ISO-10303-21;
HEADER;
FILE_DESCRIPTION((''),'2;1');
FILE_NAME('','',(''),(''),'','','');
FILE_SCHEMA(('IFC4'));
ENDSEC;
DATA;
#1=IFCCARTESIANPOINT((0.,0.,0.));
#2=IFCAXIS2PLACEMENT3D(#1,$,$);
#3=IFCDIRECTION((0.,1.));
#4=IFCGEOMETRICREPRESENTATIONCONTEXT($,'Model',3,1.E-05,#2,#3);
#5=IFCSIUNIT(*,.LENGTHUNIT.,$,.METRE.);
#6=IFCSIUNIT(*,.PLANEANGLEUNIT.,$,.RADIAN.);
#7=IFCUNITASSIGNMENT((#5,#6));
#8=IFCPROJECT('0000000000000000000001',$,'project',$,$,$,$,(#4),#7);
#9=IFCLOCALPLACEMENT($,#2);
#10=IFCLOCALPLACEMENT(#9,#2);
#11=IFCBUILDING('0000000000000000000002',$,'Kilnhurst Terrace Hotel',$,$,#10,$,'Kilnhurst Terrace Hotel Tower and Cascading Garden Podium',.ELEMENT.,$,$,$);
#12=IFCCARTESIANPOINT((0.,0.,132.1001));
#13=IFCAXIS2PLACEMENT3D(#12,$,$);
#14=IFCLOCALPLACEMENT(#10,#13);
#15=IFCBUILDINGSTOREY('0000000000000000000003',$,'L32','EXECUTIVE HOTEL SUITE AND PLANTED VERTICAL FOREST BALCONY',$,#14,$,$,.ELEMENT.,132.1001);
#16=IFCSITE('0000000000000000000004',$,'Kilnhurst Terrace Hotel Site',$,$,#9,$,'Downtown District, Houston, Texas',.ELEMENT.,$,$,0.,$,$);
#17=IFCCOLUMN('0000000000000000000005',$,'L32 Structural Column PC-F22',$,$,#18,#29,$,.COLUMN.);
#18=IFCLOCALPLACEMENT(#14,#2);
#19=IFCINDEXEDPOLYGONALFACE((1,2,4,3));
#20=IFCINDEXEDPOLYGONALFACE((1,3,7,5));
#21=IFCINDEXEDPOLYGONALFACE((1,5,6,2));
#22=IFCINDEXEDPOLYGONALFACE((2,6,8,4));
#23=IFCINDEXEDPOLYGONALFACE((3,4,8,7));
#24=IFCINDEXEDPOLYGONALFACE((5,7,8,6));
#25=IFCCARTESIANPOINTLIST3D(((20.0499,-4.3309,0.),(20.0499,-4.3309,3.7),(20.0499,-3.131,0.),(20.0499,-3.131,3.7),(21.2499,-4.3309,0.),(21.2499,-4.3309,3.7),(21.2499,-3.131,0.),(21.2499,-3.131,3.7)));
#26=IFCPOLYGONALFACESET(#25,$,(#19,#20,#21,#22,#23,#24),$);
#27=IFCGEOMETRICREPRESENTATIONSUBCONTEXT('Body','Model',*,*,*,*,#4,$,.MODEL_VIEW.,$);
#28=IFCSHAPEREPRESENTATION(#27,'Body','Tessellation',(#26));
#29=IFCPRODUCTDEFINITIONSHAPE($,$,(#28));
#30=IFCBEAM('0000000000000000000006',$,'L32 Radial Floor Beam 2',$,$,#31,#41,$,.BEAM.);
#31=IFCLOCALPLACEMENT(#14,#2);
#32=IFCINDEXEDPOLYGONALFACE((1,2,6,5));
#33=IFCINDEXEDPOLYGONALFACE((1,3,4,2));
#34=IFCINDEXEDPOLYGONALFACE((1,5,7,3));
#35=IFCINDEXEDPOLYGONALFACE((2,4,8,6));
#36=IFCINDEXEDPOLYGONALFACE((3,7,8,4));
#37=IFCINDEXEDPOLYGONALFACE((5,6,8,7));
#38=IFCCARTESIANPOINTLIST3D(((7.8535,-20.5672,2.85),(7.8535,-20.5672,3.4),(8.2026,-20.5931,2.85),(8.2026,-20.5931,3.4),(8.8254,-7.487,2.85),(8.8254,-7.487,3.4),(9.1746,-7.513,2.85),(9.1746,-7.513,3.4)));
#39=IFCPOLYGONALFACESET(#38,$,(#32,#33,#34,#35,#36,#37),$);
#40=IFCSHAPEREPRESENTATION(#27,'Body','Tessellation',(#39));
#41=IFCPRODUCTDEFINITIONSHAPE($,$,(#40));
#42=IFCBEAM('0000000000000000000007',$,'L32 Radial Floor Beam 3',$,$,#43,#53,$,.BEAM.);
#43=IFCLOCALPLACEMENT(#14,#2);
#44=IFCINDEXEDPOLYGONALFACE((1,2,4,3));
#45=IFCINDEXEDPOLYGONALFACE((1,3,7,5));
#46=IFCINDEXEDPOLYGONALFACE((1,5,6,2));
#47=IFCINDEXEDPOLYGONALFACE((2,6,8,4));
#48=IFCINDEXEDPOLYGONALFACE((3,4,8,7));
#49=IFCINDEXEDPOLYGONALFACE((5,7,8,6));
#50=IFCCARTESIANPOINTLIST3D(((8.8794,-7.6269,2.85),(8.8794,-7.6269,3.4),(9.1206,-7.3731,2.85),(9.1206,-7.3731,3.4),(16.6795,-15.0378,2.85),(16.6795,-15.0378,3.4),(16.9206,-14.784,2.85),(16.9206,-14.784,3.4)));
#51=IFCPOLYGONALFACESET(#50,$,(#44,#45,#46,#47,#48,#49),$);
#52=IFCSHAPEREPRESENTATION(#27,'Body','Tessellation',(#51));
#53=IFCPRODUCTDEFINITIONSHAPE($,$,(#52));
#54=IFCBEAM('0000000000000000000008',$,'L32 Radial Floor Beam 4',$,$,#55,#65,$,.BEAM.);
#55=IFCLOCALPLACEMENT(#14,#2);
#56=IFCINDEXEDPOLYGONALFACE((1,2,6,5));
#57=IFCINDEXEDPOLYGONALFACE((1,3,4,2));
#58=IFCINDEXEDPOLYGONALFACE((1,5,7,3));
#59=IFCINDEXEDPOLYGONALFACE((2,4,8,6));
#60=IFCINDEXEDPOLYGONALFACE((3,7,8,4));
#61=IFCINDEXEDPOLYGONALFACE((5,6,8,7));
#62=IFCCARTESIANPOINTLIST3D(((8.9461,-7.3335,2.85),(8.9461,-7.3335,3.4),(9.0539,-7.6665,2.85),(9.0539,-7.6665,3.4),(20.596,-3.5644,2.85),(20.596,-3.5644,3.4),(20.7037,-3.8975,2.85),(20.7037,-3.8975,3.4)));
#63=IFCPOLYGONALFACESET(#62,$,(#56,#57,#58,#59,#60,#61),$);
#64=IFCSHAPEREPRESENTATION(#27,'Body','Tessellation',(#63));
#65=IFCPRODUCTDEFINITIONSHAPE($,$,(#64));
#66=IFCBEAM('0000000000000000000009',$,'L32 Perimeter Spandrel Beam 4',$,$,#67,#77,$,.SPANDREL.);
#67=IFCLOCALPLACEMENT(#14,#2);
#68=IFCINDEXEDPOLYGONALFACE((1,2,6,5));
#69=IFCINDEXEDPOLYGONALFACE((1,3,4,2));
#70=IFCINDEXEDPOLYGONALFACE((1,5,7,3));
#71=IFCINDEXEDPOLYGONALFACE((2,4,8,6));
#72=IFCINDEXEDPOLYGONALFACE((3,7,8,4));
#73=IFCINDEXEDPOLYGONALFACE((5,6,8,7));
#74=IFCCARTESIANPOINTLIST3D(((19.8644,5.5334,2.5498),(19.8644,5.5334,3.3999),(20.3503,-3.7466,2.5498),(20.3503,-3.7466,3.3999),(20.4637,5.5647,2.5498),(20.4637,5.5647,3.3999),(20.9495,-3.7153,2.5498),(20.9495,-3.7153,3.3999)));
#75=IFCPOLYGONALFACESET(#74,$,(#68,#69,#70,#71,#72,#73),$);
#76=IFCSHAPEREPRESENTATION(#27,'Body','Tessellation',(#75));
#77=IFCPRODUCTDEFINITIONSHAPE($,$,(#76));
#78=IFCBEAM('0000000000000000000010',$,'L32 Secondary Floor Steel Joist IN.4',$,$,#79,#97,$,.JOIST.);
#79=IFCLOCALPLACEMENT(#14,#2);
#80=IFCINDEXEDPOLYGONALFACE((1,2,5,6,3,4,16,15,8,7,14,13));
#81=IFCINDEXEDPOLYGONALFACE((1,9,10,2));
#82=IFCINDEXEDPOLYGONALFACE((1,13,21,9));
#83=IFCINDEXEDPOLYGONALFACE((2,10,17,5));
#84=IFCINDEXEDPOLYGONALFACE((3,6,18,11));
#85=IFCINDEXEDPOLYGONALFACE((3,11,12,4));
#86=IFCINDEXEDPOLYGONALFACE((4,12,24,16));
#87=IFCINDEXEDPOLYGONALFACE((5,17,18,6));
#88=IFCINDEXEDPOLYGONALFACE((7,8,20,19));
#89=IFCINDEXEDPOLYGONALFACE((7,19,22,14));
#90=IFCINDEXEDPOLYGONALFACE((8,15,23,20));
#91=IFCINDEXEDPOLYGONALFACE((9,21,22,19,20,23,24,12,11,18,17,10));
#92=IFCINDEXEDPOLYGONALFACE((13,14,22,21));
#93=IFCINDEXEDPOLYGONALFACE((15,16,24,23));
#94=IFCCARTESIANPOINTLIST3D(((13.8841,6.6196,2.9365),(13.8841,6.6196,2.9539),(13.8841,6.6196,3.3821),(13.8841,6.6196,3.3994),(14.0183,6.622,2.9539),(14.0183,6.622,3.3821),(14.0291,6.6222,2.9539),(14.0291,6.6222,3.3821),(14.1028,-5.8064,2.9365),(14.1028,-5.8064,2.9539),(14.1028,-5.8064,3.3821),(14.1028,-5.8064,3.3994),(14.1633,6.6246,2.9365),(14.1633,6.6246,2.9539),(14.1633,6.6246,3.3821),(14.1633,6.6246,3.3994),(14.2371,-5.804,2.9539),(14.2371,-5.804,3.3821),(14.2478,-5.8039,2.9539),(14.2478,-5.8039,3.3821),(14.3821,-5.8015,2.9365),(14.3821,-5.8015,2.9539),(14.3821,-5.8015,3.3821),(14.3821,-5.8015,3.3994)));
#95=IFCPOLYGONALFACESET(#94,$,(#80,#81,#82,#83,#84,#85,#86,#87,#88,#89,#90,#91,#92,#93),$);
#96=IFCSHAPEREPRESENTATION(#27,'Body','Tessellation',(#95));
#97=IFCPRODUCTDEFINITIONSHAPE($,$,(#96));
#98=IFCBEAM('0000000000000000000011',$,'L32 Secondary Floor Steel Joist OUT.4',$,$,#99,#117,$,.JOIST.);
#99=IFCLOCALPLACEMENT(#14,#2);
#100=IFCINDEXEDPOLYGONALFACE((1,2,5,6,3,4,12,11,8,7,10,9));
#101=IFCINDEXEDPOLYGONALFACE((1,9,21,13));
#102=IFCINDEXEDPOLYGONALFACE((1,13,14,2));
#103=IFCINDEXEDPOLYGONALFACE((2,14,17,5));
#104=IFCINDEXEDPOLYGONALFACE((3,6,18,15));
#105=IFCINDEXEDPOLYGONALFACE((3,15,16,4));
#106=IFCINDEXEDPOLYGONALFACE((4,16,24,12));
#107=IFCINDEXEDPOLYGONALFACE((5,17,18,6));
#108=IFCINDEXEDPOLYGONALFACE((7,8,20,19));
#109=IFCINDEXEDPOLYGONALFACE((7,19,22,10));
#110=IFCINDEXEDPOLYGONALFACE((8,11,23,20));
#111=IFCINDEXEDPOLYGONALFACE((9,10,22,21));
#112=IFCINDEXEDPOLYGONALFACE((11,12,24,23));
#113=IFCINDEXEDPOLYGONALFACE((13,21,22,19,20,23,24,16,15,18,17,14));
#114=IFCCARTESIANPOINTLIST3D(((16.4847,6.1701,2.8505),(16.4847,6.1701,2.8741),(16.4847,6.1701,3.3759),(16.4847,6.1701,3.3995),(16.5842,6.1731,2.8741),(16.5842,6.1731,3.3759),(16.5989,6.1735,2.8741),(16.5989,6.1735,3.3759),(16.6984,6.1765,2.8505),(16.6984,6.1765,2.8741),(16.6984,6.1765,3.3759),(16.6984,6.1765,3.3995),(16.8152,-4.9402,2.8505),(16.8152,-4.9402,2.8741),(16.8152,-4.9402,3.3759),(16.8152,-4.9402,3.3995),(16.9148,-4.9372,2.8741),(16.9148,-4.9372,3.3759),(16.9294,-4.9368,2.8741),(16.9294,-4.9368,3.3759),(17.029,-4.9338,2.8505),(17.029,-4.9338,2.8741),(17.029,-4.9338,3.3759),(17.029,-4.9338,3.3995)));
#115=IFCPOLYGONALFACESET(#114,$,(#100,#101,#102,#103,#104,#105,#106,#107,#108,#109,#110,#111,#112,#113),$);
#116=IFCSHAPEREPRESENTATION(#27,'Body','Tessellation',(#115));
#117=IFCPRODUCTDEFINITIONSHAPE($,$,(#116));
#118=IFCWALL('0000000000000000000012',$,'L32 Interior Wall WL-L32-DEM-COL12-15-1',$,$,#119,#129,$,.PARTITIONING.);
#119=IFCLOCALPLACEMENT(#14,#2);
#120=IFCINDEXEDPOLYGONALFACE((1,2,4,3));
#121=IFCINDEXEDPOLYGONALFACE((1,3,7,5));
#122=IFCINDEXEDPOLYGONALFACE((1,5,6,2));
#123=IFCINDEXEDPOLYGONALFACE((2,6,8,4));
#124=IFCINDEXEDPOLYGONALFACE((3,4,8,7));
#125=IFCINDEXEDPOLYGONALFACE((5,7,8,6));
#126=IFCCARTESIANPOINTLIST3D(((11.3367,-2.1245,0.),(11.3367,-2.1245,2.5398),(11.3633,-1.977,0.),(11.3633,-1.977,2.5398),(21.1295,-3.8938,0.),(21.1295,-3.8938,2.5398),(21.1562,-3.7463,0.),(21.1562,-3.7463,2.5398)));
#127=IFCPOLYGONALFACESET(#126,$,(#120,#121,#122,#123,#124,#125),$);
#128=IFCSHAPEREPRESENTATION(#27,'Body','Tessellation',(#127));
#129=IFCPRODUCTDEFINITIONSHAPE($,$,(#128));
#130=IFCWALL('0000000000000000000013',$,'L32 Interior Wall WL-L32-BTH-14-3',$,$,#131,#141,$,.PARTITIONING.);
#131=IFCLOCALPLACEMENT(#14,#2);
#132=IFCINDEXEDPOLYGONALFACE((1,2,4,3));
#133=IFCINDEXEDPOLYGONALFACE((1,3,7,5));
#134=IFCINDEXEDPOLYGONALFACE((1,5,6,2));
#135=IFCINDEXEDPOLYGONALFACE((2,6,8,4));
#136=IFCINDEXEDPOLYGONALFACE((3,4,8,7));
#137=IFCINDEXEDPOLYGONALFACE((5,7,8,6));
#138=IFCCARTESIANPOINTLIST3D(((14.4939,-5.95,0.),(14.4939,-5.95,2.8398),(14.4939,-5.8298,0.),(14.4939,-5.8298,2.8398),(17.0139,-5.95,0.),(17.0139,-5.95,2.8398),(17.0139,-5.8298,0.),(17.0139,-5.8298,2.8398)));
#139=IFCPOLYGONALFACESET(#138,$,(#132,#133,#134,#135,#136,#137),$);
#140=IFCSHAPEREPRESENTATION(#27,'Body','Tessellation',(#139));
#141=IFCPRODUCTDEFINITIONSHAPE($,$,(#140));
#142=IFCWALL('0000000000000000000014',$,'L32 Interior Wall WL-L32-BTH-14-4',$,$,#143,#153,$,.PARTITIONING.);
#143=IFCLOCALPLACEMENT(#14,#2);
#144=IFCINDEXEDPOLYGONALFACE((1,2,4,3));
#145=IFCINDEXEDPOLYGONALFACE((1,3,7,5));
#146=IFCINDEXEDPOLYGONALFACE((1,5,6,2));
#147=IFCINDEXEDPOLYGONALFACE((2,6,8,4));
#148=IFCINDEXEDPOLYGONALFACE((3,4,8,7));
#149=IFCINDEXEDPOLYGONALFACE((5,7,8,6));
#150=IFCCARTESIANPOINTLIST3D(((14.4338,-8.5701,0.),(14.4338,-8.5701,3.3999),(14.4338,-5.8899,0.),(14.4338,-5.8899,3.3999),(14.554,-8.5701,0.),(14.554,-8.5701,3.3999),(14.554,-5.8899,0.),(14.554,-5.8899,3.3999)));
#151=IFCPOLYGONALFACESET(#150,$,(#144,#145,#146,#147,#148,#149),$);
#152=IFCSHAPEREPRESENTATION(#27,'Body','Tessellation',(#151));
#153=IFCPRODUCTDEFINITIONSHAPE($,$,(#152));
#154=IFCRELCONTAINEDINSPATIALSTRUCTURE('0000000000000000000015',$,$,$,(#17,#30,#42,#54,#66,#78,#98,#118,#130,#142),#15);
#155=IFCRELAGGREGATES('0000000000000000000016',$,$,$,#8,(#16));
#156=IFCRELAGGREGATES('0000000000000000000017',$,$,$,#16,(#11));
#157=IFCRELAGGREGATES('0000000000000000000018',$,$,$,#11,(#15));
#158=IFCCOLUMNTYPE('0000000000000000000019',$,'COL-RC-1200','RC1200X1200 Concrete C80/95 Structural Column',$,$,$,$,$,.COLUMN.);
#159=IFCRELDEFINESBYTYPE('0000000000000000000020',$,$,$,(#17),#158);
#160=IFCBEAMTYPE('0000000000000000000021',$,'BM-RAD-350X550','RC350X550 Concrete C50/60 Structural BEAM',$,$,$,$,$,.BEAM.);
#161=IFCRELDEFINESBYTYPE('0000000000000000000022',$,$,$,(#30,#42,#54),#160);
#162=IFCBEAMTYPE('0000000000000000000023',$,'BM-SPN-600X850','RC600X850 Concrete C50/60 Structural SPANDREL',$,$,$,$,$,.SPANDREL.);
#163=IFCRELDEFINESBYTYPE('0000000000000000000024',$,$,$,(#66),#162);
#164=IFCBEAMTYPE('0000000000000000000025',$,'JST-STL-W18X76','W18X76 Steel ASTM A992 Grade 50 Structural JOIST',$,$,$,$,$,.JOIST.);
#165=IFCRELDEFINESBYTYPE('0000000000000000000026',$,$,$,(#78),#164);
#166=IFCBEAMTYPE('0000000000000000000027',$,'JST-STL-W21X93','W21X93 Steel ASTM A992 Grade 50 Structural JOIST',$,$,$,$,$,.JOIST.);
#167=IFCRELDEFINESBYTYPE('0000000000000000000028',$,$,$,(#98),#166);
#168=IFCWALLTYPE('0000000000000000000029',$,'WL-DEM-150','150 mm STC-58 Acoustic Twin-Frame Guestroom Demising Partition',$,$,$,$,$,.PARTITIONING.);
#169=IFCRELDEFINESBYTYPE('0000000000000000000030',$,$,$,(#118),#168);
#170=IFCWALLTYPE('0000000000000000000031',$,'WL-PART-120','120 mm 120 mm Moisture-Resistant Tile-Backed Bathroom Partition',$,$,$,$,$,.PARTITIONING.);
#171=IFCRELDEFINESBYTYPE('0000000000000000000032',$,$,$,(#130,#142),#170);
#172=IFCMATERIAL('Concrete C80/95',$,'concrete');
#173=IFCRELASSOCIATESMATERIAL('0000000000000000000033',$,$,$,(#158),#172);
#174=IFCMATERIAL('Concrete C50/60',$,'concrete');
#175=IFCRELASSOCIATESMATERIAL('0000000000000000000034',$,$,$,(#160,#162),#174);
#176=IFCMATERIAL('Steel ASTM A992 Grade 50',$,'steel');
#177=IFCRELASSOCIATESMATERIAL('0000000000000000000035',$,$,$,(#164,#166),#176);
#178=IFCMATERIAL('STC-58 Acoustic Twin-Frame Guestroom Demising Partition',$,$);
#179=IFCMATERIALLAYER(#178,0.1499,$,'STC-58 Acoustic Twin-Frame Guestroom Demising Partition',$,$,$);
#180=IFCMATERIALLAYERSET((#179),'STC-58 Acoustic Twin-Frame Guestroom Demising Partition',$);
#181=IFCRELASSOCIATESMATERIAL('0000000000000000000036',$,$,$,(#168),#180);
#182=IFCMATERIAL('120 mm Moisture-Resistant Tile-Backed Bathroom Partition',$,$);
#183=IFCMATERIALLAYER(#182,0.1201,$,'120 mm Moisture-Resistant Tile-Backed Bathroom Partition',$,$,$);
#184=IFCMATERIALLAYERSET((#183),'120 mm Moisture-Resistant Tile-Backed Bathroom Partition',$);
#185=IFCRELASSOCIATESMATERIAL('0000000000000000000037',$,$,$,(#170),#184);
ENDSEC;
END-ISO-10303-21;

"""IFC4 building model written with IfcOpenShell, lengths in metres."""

from ifc_helpers import new_model, si_unit, direction, frame, frame_2d, origin, origin_2d, place, context, subcontext, project, spatial, rectangle, i_section, extrude, material, layer, layer_set, material_profile, profile_set, type_object, element, save


model = new_model("IFC4")

# Units and contexts
model_context = context("Model", 3, precision=1e-05, world=origin(), true_north=direction((0.0, 1.0)))
body_context = subcontext(model_context, "Body", "Model", "MODEL_VIEW")
ifc_project = project(units=[si_unit("LENGTHUNIT", "METRE"), si_unit("PLANEANGLEUNIT", "RADIAN")], contexts=[model_context])

# Site, building, storey
site_placement = place(None, origin())
site = spatial("IfcSite", under=ifc_project, at=site_placement, Name="Kilnhurst Terrace Hotel Site", LongName="Downtown District, Houston, Texas", CompositionType="ELEMENT", RefElevation=0.0)
building_placement = place(site_placement, origin())
building = spatial("IfcBuilding", under=site, at=building_placement, Name="Kilnhurst Terrace Hotel", LongName="Kilnhurst Terrace Hotel Tower and Cascading Garden Podium", CompositionType="ELEMENT")
storey_placement = place(building_placement, frame((0.0, 0.0, 132.1001)))
storey = spatial("IfcBuildingStorey", under=building, at=storey_placement, Name="L32", Description="EXECUTIVE HOTEL SUITE AND PLANTED VERTICAL FOREST BALCONY", CompositionType="ELEMENT", Elevation=132.1001)

# Column
ifc_material_1 = material(Name="Concrete C80/95", Category="concrete")
ifc_material_profile_1 = material_profile(ifc_material_1, rectangle(XDim=1.2, YDim=1.2, at=origin_2d()), Name="RC1200X1200")
ifc_profile_set_1 = profile_set([ifc_material_profile_1], Name="Concrete C80/95")
column_type = type_object("IfcColumnType", Name="COL-RC-1200", Description="RC1200X1200 Concrete C80/95 Structural Column", PredefinedType="COLUMN", material=ifc_profile_set_1)
column_placement = place(storey_placement, frame((20.6499, -3.731, 0.0), z_axis=(0.0, 0.0, 1.0), x_axis=(1.0, 0.0, 0.0)))
element("IfcColumn", 1, at=column_placement, inside=storey, type_object=column_type, Name="L32 Structural Column PC-F22", PredefinedType="COLUMN", context=body_context, shape_type="SweptSolid", body=[
    extrude(rectangle(XDim=1.2, YDim=1.2, at=origin_2d()), origin(), (0.0, 0.0, 1.0), 3.7),
])

# Beams
ifc_material_2 = material(Name="Concrete C50/60", Category="concrete")
ifc_material_profile_2 = material_profile(ifc_material_2, rectangle(XDim=0.3501, YDim=0.55, at=origin_2d()), Name="RC350X550")
ifc_profile_set_2 = profile_set([ifc_material_profile_2], Name="Concrete C50/60")
beam_type_1 = type_object("IfcBeamType", Name="BM-RAD-350X550", Description="RC350X550 Concrete C50/60 Structural BEAM", PredefinedType="BEAM", material=ifc_profile_set_2)
beam_1_placement = place(storey_placement, frame((9.0, -7.5, 3.125), z_axis=(-0.074101, -0.997251, 0.0), x_axis=(0.997251, -0.074101, 0.0)))
element("IfcBeam", 2, at=beam_1_placement, inside=storey, type_object=beam_type_1, Name="L32 Radial Floor Beam 2", PredefinedType="BEAM", context=body_context, shape_type="SweptSolid", body=[
    extrude(rectangle(XDim=0.3501, YDim=0.55, at=origin_2d()), origin(), (0.0, 0.0, 1.0), 13.1162),
])
beam_2_placement = place(storey_placement, frame((9.0, -7.5, 3.125), z_axis=(0.72496, -0.688791, 0.0), x_axis=(0.688791, 0.72496, 0.0)))
element("IfcBeam", 3, at=beam_2_placement, inside=storey, type_object=beam_type_1, Name="L32 Radial Floor Beam 3", PredefinedType="BEAM", context=body_context, shape_type="SweptSolid", body=[
    extrude(rectangle(XDim=0.3501, YDim=0.55, at=origin_2d()), origin(), (0.0, 0.0, 1.0), 10.7593),
])
beam_3_placement = place(storey_placement, frame((9.0, -7.5, 3.125), z_axis=(0.951446, 0.307817, 0.0), x_axis=(-0.307817, 0.951446, 0.0)))
element("IfcBeam", 4, at=beam_3_placement, inside=storey, type_object=beam_type_1, Name="L32 Radial Floor Beam 4", PredefinedType="BEAM", context=body_context, shape_type="SweptSolid", body=[
    extrude(rectangle(XDim=0.3501, YDim=0.55, at=origin_2d()), origin(), (0.0, 0.0, 1.0), 12.2444),
])
ifc_material_profile_3 = material_profile(ifc_material_2, rectangle(XDim=0.6001, YDim=0.8501, at=origin_2d()), Name="RC600X850")
ifc_profile_set_3 = profile_set([ifc_material_profile_3], Name="Concrete C50/60")
beam_type_2 = type_object("IfcBeamType", Name="BM-SPN-600X850", Description="RC600X850 Concrete C50/60 Structural SPANDREL", PredefinedType="SPANDREL", material=ifc_profile_set_3)
beam_4_placement = place(storey_placement, frame((20.6499, -3.731, 2.9749), z_axis=(-0.052282, 0.998632, 0.0), x_axis=(-0.998632, -0.052282, 0.0)))
element("IfcBeam", 5, at=beam_4_placement, inside=storey, type_object=beam_type_2, Name="L32 Perimeter Spandrel Beam 4", PredefinedType="SPANDREL", context=body_context, shape_type="SweptSolid", body=[
    extrude(rectangle(XDim=0.6001, YDim=0.8501, at=origin_2d()), origin(), (0.0, 0.0, 1.0), 9.2927),
])
ifc_material_3 = material(Name="Steel ASTM A992 Grade 50", Category="steel")
ifc_material_profile_4 = material_profile(ifc_material_3, i_section(OverallWidth=0.2793, OverallDepth=0.4629, WebThickness=0.0107, FlangeThickness=0.0173, at=origin_2d()), Name="W18X76")
ifc_profile_set_4 = profile_set([ifc_material_profile_4], Name="Steel ASTM A992 Grade 50")
beam_type_3 = type_object("IfcBeamType", Name="JST-STL-W18X76", Description="W18X76 Steel ASTM A992 Grade 50 Structural JOIST", PredefinedType="JOIST", material=ifc_profile_set_4)
beam_5_placement = place(storey_placement, frame((14.2424, -5.804, 3.168), z_axis=(-0.017601, 0.999845, 0.0), x_axis=(-0.999845, -0.017601, 0.0)))
element("IfcBeam", 6, at=beam_5_placement, inside=storey, type_object=beam_type_3, Name="L32 Secondary Floor Steel Joist IN.4", PredefinedType="JOIST", context=body_context, shape_type="SweptSolid", body=[
    extrude(i_section(OverallWidth=0.2793, OverallDepth=0.4629, WebThickness=0.0107, FlangeThickness=0.0173, at=origin_2d()), origin(), (0.0, 0.0, 1.0), 12.428),
])
ifc_material_profile_5 = material_profile(ifc_material_3, i_section(OverallWidth=0.2139, OverallDepth=0.5491, WebThickness=0.0146, FlangeThickness=0.0237, at=origin_2d()), Name="W21X93")
ifc_profile_set_5 = profile_set([ifc_material_profile_5], Name="Steel ASTM A992 Grade 50")
beam_type_4 = type_object("IfcBeamType", Name="JST-STL-W21X93", Description="W21X93 Steel ASTM A992 Grade 50 Structural JOIST", PredefinedType="JOIST", material=ifc_profile_set_5)
beam_6_placement = place(storey_placement, frame((16.9221, -4.937, 3.125), z_axis=(-0.02974, 0.999558, 0.0), x_axis=(-0.999558, -0.02974, 0.0)))
element("IfcBeam", 7, at=beam_6_placement, inside=storey, type_object=beam_type_4, Name="L32 Secondary Floor Steel Joist OUT.4", PredefinedType="JOIST", context=body_context, shape_type="SweptSolid", body=[
    extrude(i_section(OverallWidth=0.2139, OverallDepth=0.5491, WebThickness=0.0146, FlangeThickness=0.0237, at=origin_2d()), origin(), (0.0, 0.0, 1.0), 11.1152),
])

# Walls
ifc_material_4 = material(Name="STC-58 Acoustic Twin-Frame Guestroom Demising Partition")
ifc_layer_1 = layer(ifc_material_4, 0.1499, Name="STC-58 Acoustic Twin-Frame Guestroom Demising Partition")
ifc_layer_set_1 = layer_set([ifc_layer_1], Name="STC-58 Acoustic Twin-Frame Guestroom Demising Partition")
wall_type_1 = type_object("IfcWallType", Name="WL-DEM-150", Description="150 mm STC-58 Acoustic Twin-Frame Guestroom Demising Partition", PredefinedType="PARTITIONING", material=ifc_layer_set_1)
wall_1_placement = place(storey_placement, frame((11.3501, -2.0508, 0.0), z_axis=(0.0, 0.0, 1.0), x_axis=(0.984068, -0.177791, 0.0)))
element("IfcWall", 8, at=wall_1_placement, inside=storey, type_object=wall_type_1, Name="L32 Interior Wall WL-L32-DEM-COL12-15-1", PredefinedType="PARTITIONING", context=body_context, shape_type="SweptSolid", body=[
    extrude(rectangle(XDim=9.9514, YDim=0.1499, at=frame_2d((4.9756, 0.0))), origin(), (0.0, 0.0, 1.0), 2.5398),
])
ifc_material_5 = material(Name="120 mm Moisture-Resistant Tile-Backed Bathroom Partition")
ifc_layer_2 = layer(ifc_material_5, 0.1201, Name="120 mm Moisture-Resistant Tile-Backed Bathroom Partition")
ifc_layer_set_2 = layer_set([ifc_layer_2], Name="120 mm Moisture-Resistant Tile-Backed Bathroom Partition")
wall_type_2 = type_object("IfcWallType", Name="WL-PART-120", Description="120 mm 120 mm Moisture-Resistant Tile-Backed Bathroom Partition", PredefinedType="PARTITIONING", material=ifc_layer_set_2)
wall_2_placement = place(storey_placement, frame((17.0139, -5.8899, 0.0), z_axis=(0.0, 0.0, 1.0), x_axis=(-1.0, 0.0, 0.0)))
element("IfcWall", 9, at=wall_2_placement, inside=storey, type_object=wall_type_2, Name="L32 Interior Wall WL-L32-BTH-14-3", PredefinedType="PARTITIONING", context=body_context, shape_type="SweptSolid", body=[
    extrude(rectangle(XDim=2.52, YDim=0.1201, at=frame_2d((1.26, 0.0))), origin(), (0.0, 0.0, 1.0), 2.8398),
])
wall_3_placement = place(storey_placement, frame((14.4939, -5.8899, 0.0), z_axis=(0.0, 0.0, 1.0), x_axis=(0.0, -1.0, 0.0)))
element("IfcWall", 10, at=wall_3_placement, inside=storey, type_object=wall_type_2, Name="L32 Interior Wall WL-L32-BTH-14-4", PredefinedType="PARTITIONING", context=body_context, shape_type="SweptSolid", body=[
    extrude(rectangle(XDim=2.6802, YDim=0.1201, at=frame_2d((1.3401, 0.0))), origin(), (0.0, 0.0, 1.0), 3.3999),
])

save(model, "model.ifc")
